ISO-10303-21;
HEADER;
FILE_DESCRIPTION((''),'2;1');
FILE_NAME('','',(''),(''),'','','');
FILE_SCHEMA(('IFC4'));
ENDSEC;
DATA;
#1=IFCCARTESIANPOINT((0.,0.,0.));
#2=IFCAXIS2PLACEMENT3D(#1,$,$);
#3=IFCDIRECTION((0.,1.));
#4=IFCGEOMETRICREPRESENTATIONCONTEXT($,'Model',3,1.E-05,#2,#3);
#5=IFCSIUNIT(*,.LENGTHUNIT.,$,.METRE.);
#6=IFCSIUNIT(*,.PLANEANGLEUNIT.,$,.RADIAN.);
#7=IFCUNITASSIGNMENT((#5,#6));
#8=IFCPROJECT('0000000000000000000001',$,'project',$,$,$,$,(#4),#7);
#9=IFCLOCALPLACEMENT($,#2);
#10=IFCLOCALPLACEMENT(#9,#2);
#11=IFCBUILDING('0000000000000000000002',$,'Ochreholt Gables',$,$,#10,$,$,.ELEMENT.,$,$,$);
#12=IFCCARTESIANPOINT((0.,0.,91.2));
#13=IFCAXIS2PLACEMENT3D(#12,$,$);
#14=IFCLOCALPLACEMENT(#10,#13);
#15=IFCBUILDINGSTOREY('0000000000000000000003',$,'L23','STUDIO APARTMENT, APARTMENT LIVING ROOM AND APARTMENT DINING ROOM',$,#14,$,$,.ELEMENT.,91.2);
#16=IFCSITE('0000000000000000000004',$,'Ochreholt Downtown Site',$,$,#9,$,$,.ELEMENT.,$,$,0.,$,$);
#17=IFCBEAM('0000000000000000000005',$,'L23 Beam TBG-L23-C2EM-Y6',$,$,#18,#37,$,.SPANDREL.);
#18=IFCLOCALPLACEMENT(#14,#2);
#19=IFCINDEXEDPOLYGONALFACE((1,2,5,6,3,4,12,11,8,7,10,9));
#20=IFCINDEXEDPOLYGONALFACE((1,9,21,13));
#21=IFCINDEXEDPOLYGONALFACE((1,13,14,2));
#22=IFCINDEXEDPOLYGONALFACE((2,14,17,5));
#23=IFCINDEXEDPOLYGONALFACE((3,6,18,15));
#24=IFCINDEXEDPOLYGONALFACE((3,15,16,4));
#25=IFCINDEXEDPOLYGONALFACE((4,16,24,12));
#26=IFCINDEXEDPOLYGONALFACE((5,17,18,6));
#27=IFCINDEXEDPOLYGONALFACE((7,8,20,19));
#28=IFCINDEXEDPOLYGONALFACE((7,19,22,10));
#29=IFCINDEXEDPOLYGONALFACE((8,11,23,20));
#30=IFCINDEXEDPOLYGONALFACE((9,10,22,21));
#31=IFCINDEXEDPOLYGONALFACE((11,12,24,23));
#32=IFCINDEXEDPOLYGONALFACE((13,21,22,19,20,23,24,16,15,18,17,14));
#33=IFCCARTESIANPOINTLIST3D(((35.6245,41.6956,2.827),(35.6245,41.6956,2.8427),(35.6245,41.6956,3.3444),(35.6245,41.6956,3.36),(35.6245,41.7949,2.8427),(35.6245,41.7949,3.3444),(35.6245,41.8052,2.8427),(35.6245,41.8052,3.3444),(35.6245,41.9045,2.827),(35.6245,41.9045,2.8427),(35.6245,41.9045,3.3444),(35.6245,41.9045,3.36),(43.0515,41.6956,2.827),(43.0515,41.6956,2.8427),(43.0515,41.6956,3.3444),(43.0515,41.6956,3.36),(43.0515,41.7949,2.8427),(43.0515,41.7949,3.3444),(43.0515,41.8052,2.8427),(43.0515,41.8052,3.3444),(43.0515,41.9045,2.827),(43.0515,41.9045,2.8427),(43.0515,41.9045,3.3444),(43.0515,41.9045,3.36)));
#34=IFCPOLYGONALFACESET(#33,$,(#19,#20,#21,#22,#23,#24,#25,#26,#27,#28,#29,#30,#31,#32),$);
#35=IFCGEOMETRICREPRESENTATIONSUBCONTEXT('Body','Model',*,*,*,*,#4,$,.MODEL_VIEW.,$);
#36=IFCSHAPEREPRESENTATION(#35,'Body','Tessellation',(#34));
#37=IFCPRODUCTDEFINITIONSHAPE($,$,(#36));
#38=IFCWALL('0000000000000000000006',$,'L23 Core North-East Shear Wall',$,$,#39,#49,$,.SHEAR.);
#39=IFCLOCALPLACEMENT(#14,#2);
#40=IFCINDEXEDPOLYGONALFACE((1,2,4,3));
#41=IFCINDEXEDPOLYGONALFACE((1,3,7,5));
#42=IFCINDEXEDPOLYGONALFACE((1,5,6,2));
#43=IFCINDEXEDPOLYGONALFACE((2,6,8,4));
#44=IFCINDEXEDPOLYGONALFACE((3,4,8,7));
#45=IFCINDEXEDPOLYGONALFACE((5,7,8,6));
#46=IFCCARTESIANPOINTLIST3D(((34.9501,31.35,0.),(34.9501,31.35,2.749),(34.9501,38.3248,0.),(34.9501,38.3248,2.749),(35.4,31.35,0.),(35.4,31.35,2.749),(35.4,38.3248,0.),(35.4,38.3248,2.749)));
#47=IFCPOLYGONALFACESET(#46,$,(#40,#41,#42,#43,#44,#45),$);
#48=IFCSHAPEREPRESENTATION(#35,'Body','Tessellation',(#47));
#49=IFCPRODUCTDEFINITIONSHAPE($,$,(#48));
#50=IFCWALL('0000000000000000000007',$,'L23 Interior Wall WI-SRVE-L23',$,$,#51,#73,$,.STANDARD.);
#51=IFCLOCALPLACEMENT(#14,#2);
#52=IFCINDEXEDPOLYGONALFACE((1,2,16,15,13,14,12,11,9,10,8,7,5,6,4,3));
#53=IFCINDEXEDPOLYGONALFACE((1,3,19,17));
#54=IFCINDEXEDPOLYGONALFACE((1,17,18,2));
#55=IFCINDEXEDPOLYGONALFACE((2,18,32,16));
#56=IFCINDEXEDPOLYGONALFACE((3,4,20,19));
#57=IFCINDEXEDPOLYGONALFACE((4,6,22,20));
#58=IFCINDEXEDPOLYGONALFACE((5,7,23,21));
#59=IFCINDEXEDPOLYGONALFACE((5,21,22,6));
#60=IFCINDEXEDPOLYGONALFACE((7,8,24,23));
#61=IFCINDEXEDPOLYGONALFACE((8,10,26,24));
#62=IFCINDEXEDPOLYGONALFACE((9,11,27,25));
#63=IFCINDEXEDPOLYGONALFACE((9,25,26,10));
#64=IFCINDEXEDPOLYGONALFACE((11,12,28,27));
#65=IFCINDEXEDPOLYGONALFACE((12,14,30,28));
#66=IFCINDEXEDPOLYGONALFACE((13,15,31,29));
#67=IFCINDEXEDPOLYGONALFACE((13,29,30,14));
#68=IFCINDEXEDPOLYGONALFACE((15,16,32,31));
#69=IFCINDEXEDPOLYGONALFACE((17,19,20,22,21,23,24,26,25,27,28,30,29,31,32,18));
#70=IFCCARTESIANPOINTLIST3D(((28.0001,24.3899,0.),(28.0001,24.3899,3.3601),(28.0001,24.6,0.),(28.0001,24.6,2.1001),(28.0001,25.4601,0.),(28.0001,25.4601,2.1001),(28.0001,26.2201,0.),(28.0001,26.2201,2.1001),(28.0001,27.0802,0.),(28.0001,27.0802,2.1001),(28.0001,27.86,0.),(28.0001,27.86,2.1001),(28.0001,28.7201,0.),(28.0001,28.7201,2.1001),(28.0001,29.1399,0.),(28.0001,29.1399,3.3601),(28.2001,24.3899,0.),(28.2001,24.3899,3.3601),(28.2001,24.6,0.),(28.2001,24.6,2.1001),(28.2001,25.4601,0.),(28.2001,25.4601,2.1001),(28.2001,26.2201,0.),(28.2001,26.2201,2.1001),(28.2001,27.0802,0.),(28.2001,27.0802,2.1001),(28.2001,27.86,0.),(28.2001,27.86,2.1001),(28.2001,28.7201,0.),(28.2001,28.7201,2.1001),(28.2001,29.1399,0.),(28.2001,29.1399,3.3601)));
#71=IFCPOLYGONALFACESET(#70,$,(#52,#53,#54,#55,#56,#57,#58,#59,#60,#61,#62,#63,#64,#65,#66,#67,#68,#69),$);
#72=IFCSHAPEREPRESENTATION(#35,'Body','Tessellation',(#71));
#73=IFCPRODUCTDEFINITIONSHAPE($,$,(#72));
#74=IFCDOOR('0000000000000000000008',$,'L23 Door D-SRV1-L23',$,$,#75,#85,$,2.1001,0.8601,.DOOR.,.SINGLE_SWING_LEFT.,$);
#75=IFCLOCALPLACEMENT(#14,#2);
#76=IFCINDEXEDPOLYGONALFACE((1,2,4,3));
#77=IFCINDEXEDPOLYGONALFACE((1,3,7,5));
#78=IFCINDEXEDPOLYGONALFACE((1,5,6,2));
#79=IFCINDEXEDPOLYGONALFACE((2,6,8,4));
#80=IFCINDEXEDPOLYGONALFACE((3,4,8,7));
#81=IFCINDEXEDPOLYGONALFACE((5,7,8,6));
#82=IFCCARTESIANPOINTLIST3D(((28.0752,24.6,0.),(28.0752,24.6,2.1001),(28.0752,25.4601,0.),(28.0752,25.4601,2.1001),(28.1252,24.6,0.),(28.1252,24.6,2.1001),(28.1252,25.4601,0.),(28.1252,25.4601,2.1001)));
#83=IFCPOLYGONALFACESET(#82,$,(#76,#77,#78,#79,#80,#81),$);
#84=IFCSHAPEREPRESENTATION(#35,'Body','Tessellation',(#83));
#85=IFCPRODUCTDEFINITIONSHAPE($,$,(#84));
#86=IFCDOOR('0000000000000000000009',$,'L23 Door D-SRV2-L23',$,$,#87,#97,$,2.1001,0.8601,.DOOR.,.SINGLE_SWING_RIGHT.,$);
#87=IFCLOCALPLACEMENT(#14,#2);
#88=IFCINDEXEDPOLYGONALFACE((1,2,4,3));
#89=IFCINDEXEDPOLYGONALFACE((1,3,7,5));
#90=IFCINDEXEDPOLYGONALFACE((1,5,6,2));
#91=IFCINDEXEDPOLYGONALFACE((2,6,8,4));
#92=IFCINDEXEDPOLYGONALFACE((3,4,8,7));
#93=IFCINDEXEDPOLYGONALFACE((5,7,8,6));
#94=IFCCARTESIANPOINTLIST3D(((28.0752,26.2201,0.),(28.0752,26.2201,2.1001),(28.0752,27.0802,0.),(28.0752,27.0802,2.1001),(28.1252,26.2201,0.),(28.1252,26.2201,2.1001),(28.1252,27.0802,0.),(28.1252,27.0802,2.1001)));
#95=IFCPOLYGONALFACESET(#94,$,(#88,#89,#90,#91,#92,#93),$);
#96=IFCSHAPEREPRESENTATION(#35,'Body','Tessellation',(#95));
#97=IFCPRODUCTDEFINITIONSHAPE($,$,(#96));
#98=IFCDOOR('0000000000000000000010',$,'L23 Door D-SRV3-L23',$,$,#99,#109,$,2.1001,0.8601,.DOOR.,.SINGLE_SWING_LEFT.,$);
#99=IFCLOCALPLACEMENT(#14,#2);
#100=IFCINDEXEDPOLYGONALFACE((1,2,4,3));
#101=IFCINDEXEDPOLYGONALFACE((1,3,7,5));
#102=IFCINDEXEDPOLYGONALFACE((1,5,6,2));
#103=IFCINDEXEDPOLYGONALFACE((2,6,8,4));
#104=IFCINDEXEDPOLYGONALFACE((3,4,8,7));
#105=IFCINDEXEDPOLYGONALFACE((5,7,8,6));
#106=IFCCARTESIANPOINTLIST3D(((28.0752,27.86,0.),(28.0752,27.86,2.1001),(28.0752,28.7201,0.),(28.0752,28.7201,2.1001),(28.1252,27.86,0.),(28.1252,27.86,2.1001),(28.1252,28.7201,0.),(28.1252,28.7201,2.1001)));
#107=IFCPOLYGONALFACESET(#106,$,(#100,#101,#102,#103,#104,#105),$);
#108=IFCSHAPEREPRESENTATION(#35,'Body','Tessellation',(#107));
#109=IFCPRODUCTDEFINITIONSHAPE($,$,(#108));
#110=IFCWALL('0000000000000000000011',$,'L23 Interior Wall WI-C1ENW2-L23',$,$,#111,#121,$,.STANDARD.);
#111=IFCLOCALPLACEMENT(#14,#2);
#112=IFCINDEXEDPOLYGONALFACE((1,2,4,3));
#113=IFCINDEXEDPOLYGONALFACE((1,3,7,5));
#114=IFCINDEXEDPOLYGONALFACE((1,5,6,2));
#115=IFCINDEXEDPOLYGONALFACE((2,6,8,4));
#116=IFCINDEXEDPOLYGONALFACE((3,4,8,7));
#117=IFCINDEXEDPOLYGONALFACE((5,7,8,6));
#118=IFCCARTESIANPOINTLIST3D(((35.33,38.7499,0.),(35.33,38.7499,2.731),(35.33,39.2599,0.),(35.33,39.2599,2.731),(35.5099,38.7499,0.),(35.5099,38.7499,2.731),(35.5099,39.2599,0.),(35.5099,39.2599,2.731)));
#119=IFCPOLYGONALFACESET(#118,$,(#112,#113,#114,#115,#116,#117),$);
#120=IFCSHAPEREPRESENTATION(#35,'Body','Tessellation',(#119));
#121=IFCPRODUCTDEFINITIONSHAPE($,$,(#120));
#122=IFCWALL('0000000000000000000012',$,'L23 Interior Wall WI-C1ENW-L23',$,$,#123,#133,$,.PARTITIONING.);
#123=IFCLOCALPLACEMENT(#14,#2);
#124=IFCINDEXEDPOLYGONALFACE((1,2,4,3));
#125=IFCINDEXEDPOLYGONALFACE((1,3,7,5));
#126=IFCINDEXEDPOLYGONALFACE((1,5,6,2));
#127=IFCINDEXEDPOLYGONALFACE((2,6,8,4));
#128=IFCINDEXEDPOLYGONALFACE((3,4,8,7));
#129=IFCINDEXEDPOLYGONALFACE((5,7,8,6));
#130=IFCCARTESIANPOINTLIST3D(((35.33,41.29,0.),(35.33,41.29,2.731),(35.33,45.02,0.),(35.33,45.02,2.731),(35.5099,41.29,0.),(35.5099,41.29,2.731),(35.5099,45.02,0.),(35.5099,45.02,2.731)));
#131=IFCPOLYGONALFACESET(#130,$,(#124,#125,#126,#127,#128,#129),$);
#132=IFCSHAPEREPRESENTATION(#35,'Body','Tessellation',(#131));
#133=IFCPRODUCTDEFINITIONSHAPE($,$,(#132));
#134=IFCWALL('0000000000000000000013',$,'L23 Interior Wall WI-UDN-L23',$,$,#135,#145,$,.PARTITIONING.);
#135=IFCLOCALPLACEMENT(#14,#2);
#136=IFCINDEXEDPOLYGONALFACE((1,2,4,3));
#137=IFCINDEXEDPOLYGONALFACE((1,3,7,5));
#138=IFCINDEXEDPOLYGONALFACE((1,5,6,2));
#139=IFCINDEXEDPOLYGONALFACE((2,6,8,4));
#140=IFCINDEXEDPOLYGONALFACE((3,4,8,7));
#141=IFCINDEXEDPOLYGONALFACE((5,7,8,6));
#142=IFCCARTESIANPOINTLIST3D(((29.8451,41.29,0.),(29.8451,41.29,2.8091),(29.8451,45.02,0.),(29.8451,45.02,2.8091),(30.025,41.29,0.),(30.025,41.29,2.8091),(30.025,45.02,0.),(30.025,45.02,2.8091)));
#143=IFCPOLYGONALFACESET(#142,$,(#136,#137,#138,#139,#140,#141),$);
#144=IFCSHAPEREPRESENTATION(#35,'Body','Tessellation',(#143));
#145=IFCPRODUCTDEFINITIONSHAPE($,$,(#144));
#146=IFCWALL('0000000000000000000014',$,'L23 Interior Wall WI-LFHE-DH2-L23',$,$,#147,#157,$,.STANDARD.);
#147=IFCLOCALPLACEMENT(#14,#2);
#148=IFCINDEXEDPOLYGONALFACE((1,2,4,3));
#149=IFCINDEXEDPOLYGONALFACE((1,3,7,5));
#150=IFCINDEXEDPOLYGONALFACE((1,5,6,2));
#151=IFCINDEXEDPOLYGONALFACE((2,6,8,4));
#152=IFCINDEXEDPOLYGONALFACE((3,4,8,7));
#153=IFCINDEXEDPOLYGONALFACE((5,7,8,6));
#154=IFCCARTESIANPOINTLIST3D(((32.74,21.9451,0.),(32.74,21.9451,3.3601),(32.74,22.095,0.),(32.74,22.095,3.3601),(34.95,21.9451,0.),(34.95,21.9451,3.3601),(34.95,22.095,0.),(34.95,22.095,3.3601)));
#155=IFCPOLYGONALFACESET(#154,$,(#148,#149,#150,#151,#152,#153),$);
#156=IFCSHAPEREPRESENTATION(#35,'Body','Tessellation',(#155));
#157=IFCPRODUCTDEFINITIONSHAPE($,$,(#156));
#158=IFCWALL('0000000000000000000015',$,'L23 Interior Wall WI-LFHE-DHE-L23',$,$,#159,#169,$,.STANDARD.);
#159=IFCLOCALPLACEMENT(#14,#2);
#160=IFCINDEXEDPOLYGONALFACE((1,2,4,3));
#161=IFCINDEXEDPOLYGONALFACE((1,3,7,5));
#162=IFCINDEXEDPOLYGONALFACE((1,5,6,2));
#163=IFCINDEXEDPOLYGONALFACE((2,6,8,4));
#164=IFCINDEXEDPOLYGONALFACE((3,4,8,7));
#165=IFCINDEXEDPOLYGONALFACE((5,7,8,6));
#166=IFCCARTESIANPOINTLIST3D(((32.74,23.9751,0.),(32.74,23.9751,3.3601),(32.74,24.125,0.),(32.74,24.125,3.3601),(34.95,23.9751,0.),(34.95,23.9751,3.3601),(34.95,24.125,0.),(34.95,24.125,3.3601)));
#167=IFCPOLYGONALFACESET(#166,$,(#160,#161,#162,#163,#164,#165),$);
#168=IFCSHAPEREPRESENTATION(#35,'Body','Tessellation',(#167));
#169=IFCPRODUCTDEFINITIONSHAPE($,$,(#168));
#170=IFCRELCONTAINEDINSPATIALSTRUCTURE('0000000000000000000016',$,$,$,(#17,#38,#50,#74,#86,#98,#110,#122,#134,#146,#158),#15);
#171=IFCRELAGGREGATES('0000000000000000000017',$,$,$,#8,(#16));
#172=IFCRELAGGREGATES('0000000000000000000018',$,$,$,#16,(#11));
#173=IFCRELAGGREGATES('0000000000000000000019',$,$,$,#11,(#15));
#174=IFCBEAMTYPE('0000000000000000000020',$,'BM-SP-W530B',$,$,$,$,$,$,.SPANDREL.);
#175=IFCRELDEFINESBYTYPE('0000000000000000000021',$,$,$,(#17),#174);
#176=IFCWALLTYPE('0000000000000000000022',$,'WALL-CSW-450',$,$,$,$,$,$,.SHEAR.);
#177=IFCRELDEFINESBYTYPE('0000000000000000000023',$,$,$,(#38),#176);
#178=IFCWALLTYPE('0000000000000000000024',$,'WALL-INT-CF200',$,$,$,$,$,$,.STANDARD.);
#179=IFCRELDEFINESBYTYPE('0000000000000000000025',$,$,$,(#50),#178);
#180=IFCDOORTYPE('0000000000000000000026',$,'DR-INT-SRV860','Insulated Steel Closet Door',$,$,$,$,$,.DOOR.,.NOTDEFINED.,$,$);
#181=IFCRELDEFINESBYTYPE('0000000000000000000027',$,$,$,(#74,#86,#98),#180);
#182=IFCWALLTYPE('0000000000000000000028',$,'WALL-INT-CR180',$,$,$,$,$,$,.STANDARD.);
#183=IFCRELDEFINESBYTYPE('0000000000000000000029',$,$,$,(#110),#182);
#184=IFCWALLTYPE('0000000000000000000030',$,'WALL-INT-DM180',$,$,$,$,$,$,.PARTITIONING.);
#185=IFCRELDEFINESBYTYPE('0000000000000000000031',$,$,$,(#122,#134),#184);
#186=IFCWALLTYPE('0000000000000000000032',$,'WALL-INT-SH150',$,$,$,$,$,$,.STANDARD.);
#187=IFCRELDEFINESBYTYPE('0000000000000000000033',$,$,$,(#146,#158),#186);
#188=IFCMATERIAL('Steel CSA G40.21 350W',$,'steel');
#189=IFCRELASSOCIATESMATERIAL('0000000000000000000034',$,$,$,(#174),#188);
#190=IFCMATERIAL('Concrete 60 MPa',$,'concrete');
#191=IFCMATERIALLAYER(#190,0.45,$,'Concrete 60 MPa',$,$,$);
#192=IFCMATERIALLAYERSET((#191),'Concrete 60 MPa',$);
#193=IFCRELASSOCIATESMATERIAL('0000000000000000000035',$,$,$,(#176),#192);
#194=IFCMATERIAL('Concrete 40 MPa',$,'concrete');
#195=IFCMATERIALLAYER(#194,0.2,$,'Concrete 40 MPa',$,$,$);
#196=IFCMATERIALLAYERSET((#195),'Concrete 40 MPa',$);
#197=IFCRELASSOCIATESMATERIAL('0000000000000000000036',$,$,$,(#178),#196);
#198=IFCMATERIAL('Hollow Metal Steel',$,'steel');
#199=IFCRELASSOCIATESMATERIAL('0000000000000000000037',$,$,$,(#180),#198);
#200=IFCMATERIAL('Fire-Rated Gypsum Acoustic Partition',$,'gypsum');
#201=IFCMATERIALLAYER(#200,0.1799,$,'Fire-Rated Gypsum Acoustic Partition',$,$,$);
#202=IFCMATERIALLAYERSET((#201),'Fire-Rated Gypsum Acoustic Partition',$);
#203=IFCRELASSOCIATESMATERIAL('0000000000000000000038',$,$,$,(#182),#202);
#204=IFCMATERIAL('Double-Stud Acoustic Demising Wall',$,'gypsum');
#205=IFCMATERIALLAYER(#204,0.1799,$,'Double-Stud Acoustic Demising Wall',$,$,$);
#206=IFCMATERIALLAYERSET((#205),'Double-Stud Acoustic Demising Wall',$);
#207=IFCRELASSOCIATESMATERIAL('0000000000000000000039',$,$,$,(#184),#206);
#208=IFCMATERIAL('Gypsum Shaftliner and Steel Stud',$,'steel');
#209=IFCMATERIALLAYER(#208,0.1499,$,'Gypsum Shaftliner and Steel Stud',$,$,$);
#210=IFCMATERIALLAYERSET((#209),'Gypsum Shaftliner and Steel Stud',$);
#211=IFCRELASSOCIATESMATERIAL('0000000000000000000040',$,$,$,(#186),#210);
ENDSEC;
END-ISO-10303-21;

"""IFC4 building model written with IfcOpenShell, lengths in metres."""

from ifc_helpers import new_model, si_unit, direction, frame, frame_2d, origin, origin_2d, place, context, subcontext, project, spatial, rectangle, i_section, extrude, material, layer, layer_set, material_profile, profile_set, type_object, element, fill, save


model = new_model("IFC4")

# Units and contexts
model_context = context("Model", 3, precision=1e-05, world=origin(), true_north=direction((0.0, 1.0)))
body_context = subcontext(model_context, "Body", "Model", "MODEL_VIEW")
ifc_project = project(units=[si_unit("LENGTHUNIT", "METRE"), si_unit("PLANEANGLEUNIT", "RADIAN")], contexts=[model_context])

# Site, building, storey
site_placement = place(None, origin())
site = spatial("IfcSite", under=ifc_project, at=site_placement, Name="Ochreholt Downtown Site", CompositionType="ELEMENT", RefElevation=0.0)
building_placement = place(site_placement, origin())
building = spatial("IfcBuilding", under=site, at=building_placement, Name="Ochreholt Gables", CompositionType="ELEMENT")
storey_placement = place(building_placement, frame((0.0, 0.0, 91.2)))
storey = spatial("IfcBuildingStorey", under=building, at=storey_placement, Name="L23", Description="STUDIO APARTMENT, APARTMENT LIVING ROOM AND APARTMENT DINING ROOM", CompositionType="ELEMENT", Elevation=91.2)

# Shared definitions
ifc_material_1 = material(Name="Concrete 60 MPa", Category="concrete")

# Beam
ifc_material_2 = material(Name="Steel CSA G40.21 350W", Category="steel")
ifc_material_profile_1 = material_profile(ifc_material_2, i_section(OverallWidth=0.209, OverallDepth=0.533, WebThickness=0.0103, FlangeThickness=0.0156, at=origin_2d()), Name="W530X92")
ifc_profile_set_1 = profile_set([ifc_material_profile_1], Name="Steel CSA G40.21 350W")
beam_type_1 = type_object("IfcBeamType", Name="BM-SP-W530B", PredefinedType="SPANDREL", material=ifc_profile_set_1)
beam_1_placement = place(storey_placement, frame((35.6245, 41.8, 3.0935), z_axis=(1.0, 0.0, 0.0), x_axis=(0.0, 1.0, 0.0)))
element("IfcBeam", 1, at=beam_1_placement, inside=storey, type_object=beam_type_1, Name="L23 Beam TBG-L23-C2EM-Y6", PredefinedType="SPANDREL", context=body_context, shape_type="SweptSolid", body=[
    extrude(i_section(OverallWidth=0.209, OverallDepth=0.533, WebThickness=0.0103, FlangeThickness=0.0156, at=origin_2d()), origin(), (0.0, 0.0, 1.0), 7.427),
])

# Wall
ifc_layer_1 = layer(ifc_material_1, 0.45, Name="Concrete 60 MPa")
ifc_layer_set_1 = layer_set([ifc_layer_1], Name="Concrete 60 MPa")
wall_type_1 = type_object("IfcWallType", Name="WALL-CSW-450", PredefinedType="SHEAR", material=ifc_layer_set_1)
wall_1_placement = place(storey_placement, frame((35.175, 31.3501, 0.0), z_axis=(0.0, 0.0, 1.0), x_axis=(0.0, 1.0, 0.0)))
element("IfcWall", 2, at=wall_1_placement, inside=storey, type_object=wall_type_1, Name="L23 Core North-East Shear Wall", PredefinedType="SHEAR", context=body_context, shape_type="SweptSolid", body=[
    extrude(rectangle(XDim=6.9749, YDim=0.45, at=frame_2d((3.4873, 0.0))), origin(), (0.0, 0.0, 1.0), 2.749),
])

# Wall, openings, doors
ifc_material_3 = material(Name="Concrete 40 MPa", Category="concrete")
ifc_layer_2 = layer(ifc_material_3, 0.2, Name="Concrete 40 MPa")
ifc_layer_set_2 = layer_set([ifc_layer_2], Name="Concrete 40 MPa")
wall_type_2 = type_object("IfcWallType", Name="WALL-INT-CF200", PredefinedType="STANDARD", material=ifc_layer_set_2)
wall_2_placement = place(storey_placement, frame((28.1001, 24.3899, 0.0), z_axis=(0.0, 0.0, 1.0), x_axis=(0.0, 1.0, 0.0)))
wall_2 = element("IfcWall", 3, at=wall_2_placement, inside=storey, type_object=wall_type_2, Name="L23 Interior Wall WI-SRVE-L23", PredefinedType="STANDARD", context=body_context, shape_type="SweptSolid", body=[
    extrude(rectangle(XDim=4.75, YDim=0.2, at=frame_2d((2.375, 0.0))), origin(), (0.0, 0.0, 1.0), 3.3601),
])
opening_1_placement = place(wall_2_placement, frame((0.21, 0.0, 0.0)))
opening_1 = element("IfcOpeningElement", 4, at=opening_1_placement, cuts=wall_2, PredefinedType="OPENING", context=body_context, shape_type="SweptSolid", body=[
    extrude(rectangle(XDim=0.8601, YDim=2.1001, at=frame_2d((0.4302, 1.05))), frame((0.0, 0.1099, 0.0), z_axis=(0.0, -1.0, 0.0), x_axis=(1.0, 0.0, 0.0)), (0.0, 0.0, 1.0), 0.22),
])
opening_2_placement = place(wall_2_placement, frame((1.8301, 0.0, 0.0)))
opening_2 = element("IfcOpeningElement", 5, at=opening_2_placement, cuts=wall_2, PredefinedType="OPENING", context=body_context, shape_type="SweptSolid", body=[
    extrude(rectangle(XDim=0.8601, YDim=2.1001, at=frame_2d((0.4302, 1.05))), frame((0.0, 0.1099, 0.0), z_axis=(0.0, -1.0, 0.0), x_axis=(1.0, 0.0, 0.0)), (0.0, 0.0, 1.0), 0.22),
])
opening_3_placement = place(wall_2_placement, frame((3.47, 0.0, 0.0)))
opening_3 = element("IfcOpeningElement", 6, at=opening_3_placement, cuts=wall_2, PredefinedType="OPENING", context=body_context, shape_type="SweptSolid", body=[
    extrude(rectangle(XDim=0.8601, YDim=2.1001, at=frame_2d((0.4302, 1.05))), frame((0.0, 0.1099, 0.0), z_axis=(0.0, -1.0, 0.0), x_axis=(1.0, 0.0, 0.0)), (0.0, 0.0, 1.0), 0.22),
])
ifc_material_4 = material(Name="Hollow Metal Steel", Category="steel")
door_type = type_object("IfcDoorType", Name="DR-INT-SRV860", Description="Insulated Steel Closet Door", OperationType="NOTDEFINED", PredefinedType="DOOR", material=ifc_material_4)
door_1_placement = place(opening_1_placement, origin())
door_1 = element("IfcDoor", 7, at=door_1_placement, inside=storey, type_object=door_type, Name="L23 Door D-SRV1-L23", OperationType="SINGLE_SWING_LEFT", OverallHeight=2.1001, OverallWidth=0.8601, PredefinedType="DOOR", context=body_context, shape_type="SweptSolid", body=[
    extrude(rectangle(XDim=0.8601, YDim=2.1001, at=frame_2d((0.4302, 1.05))), frame((0.0, 0.0249, 0.0), z_axis=(0.0, -1.0, 0.0), x_axis=(1.0, 0.0, 0.0)), (0.0, 0.0, 1.0), 0.05),
])
fill(opening_1, door_1)
door_2_placement = place(opening_2_placement, origin())
door_2 = element("IfcDoor", 8, at=door_2_placement, inside=storey, type_object=door_type, Name="L23 Door D-SRV2-L23", OperationType="SINGLE_SWING_RIGHT", OverallHeight=2.1001, OverallWidth=0.8601, PredefinedType="DOOR", context=body_context, shape_type="SweptSolid", body=[
    extrude(rectangle(XDim=0.8601, YDim=2.1001, at=frame_2d((0.4302, 1.05))), frame((0.0, 0.0249, 0.0), z_axis=(0.0, -1.0, 0.0), x_axis=(1.0, 0.0, 0.0)), (0.0, 0.0, 1.0), 0.05),
])
fill(opening_2, door_2)
door_3_placement = place(opening_3_placement, origin())
door_3 = element("IfcDoor", 9, at=door_3_placement, inside=storey, type_object=door_type, Name="L23 Door D-SRV3-L23", OperationType="SINGLE_SWING_LEFT", OverallHeight=2.1001, OverallWidth=0.8601, PredefinedType="DOOR", context=body_context, shape_type="SweptSolid", body=[
    extrude(rectangle(XDim=0.8601, YDim=2.1001, at=frame_2d((0.4302, 1.05))), frame((0.0, 0.0249, 0.0), z_axis=(0.0, -1.0, 0.0), x_axis=(1.0, 0.0, 0.0)), (0.0, 0.0, 1.0), 0.05),
])
fill(opening_3, door_3)

# Walls
ifc_material_5 = material(Name="Fire-Rated Gypsum Acoustic Partition", Category="gypsum")
ifc_layer_3 = layer(ifc_material_5, 0.1799, Name="Fire-Rated Gypsum Acoustic Partition")
ifc_layer_set_3 = layer_set([ifc_layer_3], Name="Fire-Rated Gypsum Acoustic Partition")
wall_type_3 = type_object("IfcWallType", Name="WALL-INT-CR180", PredefinedType="STANDARD", material=ifc_layer_set_3)
wall_3_placement = place(storey_placement, frame((35.4199, 38.75, 0.0), z_axis=(0.0, 0.0, 1.0), x_axis=(0.0, 1.0, 0.0)))
element("IfcWall", 10, at=wall_3_placement, inside=storey, type_object=wall_type_3, Name="L23 Interior Wall WI-C1ENW2-L23", PredefinedType="STANDARD", context=body_context, shape_type="SweptSolid", body=[
    extrude(rectangle(XDim=0.51, YDim=0.1799, at=frame_2d((0.2549, 0.0))), origin(), (0.0, 0.0, 1.0), 2.731),
])
ifc_material_6 = material(Name="Double-Stud Acoustic Demising Wall", Category="gypsum")
ifc_layer_4 = layer(ifc_material_6, 0.1799, Name="Double-Stud Acoustic Demising Wall")
ifc_layer_set_4 = layer_set([ifc_layer_4], Name="Double-Stud Acoustic Demising Wall")
wall_type_4 = type_object("IfcWallType", Name="WALL-INT-DM180", PredefinedType="PARTITIONING", material=ifc_layer_set_4)
wall_4_placement = place(storey_placement, frame((35.4199, 41.29, 0.0), z_axis=(0.0, 0.0, 1.0), x_axis=(0.0, 1.0, 0.0)))
element("IfcWall", 11, at=wall_4_placement, inside=storey, type_object=wall_type_4, Name="L23 Interior Wall WI-C1ENW-L23", PredefinedType="PARTITIONING", context=body_context, shape_type="SweptSolid", body=[
    extrude(rectangle(XDim=3.73, YDim=0.1799, at=frame_2d((1.865, 0.0))), origin(), (0.0, 0.0, 1.0), 2.731),
])
wall_5_placement = place(storey_placement, frame((29.9351, 41.29, 0.0), z_axis=(0.0, 0.0, 1.0), x_axis=(0.0, 1.0, 0.0)))
element("IfcWall", 12, at=wall_5_placement, inside=storey, type_object=wall_type_4, Name="L23 Interior Wall WI-UDN-L23", PredefinedType="PARTITIONING", context=body_context, shape_type="SweptSolid", body=[
    extrude(rectangle(XDim=3.73, YDim=0.1799, at=frame_2d((1.865, 0.0))), origin(), (0.0, 0.0, 1.0), 2.8091),
])
ifc_material_7 = material(Name="Gypsum Shaftliner and Steel Stud", Category="steel")
ifc_layer_5 = layer(ifc_material_7, 0.1499, Name="Gypsum Shaftliner and Steel Stud")
ifc_layer_set_5 = layer_set([ifc_layer_5], Name="Gypsum Shaftliner and Steel Stud")
wall_type_5 = type_object("IfcWallType", Name="WALL-INT-SH150", PredefinedType="STANDARD", material=ifc_layer_set_5)
for number, where, z_axis, x_axis, name in (
    (13, (32.74, 22.02, 0.0), (0.0, 0.0, 1.0), (1.0, 0.0, 0.0), "L23 Interior Wall WI-LFHE-DH2-L23"),
    (14, (32.74, 24.05, 0.0), (0.0, 0.0, 1.0), (1.0, 0.0, 0.0), "L23 Interior Wall WI-LFHE-DHE-L23"),
):
    element("IfcWall", number, at=place(storey_placement, frame(where, z_axis=z_axis, x_axis=x_axis)), inside=storey, type_object=wall_type_5, Name=name, PredefinedType="STANDARD", context=body_context, shape_type="SweptSolid", body=[
        extrude(rectangle(XDim=2.21, YDim=0.1499, at=frame_2d((1.105, 0.0))), origin(), (0.0, 0.0, 1.0), 3.3601),
    ])

save(model, "model.ifc")
